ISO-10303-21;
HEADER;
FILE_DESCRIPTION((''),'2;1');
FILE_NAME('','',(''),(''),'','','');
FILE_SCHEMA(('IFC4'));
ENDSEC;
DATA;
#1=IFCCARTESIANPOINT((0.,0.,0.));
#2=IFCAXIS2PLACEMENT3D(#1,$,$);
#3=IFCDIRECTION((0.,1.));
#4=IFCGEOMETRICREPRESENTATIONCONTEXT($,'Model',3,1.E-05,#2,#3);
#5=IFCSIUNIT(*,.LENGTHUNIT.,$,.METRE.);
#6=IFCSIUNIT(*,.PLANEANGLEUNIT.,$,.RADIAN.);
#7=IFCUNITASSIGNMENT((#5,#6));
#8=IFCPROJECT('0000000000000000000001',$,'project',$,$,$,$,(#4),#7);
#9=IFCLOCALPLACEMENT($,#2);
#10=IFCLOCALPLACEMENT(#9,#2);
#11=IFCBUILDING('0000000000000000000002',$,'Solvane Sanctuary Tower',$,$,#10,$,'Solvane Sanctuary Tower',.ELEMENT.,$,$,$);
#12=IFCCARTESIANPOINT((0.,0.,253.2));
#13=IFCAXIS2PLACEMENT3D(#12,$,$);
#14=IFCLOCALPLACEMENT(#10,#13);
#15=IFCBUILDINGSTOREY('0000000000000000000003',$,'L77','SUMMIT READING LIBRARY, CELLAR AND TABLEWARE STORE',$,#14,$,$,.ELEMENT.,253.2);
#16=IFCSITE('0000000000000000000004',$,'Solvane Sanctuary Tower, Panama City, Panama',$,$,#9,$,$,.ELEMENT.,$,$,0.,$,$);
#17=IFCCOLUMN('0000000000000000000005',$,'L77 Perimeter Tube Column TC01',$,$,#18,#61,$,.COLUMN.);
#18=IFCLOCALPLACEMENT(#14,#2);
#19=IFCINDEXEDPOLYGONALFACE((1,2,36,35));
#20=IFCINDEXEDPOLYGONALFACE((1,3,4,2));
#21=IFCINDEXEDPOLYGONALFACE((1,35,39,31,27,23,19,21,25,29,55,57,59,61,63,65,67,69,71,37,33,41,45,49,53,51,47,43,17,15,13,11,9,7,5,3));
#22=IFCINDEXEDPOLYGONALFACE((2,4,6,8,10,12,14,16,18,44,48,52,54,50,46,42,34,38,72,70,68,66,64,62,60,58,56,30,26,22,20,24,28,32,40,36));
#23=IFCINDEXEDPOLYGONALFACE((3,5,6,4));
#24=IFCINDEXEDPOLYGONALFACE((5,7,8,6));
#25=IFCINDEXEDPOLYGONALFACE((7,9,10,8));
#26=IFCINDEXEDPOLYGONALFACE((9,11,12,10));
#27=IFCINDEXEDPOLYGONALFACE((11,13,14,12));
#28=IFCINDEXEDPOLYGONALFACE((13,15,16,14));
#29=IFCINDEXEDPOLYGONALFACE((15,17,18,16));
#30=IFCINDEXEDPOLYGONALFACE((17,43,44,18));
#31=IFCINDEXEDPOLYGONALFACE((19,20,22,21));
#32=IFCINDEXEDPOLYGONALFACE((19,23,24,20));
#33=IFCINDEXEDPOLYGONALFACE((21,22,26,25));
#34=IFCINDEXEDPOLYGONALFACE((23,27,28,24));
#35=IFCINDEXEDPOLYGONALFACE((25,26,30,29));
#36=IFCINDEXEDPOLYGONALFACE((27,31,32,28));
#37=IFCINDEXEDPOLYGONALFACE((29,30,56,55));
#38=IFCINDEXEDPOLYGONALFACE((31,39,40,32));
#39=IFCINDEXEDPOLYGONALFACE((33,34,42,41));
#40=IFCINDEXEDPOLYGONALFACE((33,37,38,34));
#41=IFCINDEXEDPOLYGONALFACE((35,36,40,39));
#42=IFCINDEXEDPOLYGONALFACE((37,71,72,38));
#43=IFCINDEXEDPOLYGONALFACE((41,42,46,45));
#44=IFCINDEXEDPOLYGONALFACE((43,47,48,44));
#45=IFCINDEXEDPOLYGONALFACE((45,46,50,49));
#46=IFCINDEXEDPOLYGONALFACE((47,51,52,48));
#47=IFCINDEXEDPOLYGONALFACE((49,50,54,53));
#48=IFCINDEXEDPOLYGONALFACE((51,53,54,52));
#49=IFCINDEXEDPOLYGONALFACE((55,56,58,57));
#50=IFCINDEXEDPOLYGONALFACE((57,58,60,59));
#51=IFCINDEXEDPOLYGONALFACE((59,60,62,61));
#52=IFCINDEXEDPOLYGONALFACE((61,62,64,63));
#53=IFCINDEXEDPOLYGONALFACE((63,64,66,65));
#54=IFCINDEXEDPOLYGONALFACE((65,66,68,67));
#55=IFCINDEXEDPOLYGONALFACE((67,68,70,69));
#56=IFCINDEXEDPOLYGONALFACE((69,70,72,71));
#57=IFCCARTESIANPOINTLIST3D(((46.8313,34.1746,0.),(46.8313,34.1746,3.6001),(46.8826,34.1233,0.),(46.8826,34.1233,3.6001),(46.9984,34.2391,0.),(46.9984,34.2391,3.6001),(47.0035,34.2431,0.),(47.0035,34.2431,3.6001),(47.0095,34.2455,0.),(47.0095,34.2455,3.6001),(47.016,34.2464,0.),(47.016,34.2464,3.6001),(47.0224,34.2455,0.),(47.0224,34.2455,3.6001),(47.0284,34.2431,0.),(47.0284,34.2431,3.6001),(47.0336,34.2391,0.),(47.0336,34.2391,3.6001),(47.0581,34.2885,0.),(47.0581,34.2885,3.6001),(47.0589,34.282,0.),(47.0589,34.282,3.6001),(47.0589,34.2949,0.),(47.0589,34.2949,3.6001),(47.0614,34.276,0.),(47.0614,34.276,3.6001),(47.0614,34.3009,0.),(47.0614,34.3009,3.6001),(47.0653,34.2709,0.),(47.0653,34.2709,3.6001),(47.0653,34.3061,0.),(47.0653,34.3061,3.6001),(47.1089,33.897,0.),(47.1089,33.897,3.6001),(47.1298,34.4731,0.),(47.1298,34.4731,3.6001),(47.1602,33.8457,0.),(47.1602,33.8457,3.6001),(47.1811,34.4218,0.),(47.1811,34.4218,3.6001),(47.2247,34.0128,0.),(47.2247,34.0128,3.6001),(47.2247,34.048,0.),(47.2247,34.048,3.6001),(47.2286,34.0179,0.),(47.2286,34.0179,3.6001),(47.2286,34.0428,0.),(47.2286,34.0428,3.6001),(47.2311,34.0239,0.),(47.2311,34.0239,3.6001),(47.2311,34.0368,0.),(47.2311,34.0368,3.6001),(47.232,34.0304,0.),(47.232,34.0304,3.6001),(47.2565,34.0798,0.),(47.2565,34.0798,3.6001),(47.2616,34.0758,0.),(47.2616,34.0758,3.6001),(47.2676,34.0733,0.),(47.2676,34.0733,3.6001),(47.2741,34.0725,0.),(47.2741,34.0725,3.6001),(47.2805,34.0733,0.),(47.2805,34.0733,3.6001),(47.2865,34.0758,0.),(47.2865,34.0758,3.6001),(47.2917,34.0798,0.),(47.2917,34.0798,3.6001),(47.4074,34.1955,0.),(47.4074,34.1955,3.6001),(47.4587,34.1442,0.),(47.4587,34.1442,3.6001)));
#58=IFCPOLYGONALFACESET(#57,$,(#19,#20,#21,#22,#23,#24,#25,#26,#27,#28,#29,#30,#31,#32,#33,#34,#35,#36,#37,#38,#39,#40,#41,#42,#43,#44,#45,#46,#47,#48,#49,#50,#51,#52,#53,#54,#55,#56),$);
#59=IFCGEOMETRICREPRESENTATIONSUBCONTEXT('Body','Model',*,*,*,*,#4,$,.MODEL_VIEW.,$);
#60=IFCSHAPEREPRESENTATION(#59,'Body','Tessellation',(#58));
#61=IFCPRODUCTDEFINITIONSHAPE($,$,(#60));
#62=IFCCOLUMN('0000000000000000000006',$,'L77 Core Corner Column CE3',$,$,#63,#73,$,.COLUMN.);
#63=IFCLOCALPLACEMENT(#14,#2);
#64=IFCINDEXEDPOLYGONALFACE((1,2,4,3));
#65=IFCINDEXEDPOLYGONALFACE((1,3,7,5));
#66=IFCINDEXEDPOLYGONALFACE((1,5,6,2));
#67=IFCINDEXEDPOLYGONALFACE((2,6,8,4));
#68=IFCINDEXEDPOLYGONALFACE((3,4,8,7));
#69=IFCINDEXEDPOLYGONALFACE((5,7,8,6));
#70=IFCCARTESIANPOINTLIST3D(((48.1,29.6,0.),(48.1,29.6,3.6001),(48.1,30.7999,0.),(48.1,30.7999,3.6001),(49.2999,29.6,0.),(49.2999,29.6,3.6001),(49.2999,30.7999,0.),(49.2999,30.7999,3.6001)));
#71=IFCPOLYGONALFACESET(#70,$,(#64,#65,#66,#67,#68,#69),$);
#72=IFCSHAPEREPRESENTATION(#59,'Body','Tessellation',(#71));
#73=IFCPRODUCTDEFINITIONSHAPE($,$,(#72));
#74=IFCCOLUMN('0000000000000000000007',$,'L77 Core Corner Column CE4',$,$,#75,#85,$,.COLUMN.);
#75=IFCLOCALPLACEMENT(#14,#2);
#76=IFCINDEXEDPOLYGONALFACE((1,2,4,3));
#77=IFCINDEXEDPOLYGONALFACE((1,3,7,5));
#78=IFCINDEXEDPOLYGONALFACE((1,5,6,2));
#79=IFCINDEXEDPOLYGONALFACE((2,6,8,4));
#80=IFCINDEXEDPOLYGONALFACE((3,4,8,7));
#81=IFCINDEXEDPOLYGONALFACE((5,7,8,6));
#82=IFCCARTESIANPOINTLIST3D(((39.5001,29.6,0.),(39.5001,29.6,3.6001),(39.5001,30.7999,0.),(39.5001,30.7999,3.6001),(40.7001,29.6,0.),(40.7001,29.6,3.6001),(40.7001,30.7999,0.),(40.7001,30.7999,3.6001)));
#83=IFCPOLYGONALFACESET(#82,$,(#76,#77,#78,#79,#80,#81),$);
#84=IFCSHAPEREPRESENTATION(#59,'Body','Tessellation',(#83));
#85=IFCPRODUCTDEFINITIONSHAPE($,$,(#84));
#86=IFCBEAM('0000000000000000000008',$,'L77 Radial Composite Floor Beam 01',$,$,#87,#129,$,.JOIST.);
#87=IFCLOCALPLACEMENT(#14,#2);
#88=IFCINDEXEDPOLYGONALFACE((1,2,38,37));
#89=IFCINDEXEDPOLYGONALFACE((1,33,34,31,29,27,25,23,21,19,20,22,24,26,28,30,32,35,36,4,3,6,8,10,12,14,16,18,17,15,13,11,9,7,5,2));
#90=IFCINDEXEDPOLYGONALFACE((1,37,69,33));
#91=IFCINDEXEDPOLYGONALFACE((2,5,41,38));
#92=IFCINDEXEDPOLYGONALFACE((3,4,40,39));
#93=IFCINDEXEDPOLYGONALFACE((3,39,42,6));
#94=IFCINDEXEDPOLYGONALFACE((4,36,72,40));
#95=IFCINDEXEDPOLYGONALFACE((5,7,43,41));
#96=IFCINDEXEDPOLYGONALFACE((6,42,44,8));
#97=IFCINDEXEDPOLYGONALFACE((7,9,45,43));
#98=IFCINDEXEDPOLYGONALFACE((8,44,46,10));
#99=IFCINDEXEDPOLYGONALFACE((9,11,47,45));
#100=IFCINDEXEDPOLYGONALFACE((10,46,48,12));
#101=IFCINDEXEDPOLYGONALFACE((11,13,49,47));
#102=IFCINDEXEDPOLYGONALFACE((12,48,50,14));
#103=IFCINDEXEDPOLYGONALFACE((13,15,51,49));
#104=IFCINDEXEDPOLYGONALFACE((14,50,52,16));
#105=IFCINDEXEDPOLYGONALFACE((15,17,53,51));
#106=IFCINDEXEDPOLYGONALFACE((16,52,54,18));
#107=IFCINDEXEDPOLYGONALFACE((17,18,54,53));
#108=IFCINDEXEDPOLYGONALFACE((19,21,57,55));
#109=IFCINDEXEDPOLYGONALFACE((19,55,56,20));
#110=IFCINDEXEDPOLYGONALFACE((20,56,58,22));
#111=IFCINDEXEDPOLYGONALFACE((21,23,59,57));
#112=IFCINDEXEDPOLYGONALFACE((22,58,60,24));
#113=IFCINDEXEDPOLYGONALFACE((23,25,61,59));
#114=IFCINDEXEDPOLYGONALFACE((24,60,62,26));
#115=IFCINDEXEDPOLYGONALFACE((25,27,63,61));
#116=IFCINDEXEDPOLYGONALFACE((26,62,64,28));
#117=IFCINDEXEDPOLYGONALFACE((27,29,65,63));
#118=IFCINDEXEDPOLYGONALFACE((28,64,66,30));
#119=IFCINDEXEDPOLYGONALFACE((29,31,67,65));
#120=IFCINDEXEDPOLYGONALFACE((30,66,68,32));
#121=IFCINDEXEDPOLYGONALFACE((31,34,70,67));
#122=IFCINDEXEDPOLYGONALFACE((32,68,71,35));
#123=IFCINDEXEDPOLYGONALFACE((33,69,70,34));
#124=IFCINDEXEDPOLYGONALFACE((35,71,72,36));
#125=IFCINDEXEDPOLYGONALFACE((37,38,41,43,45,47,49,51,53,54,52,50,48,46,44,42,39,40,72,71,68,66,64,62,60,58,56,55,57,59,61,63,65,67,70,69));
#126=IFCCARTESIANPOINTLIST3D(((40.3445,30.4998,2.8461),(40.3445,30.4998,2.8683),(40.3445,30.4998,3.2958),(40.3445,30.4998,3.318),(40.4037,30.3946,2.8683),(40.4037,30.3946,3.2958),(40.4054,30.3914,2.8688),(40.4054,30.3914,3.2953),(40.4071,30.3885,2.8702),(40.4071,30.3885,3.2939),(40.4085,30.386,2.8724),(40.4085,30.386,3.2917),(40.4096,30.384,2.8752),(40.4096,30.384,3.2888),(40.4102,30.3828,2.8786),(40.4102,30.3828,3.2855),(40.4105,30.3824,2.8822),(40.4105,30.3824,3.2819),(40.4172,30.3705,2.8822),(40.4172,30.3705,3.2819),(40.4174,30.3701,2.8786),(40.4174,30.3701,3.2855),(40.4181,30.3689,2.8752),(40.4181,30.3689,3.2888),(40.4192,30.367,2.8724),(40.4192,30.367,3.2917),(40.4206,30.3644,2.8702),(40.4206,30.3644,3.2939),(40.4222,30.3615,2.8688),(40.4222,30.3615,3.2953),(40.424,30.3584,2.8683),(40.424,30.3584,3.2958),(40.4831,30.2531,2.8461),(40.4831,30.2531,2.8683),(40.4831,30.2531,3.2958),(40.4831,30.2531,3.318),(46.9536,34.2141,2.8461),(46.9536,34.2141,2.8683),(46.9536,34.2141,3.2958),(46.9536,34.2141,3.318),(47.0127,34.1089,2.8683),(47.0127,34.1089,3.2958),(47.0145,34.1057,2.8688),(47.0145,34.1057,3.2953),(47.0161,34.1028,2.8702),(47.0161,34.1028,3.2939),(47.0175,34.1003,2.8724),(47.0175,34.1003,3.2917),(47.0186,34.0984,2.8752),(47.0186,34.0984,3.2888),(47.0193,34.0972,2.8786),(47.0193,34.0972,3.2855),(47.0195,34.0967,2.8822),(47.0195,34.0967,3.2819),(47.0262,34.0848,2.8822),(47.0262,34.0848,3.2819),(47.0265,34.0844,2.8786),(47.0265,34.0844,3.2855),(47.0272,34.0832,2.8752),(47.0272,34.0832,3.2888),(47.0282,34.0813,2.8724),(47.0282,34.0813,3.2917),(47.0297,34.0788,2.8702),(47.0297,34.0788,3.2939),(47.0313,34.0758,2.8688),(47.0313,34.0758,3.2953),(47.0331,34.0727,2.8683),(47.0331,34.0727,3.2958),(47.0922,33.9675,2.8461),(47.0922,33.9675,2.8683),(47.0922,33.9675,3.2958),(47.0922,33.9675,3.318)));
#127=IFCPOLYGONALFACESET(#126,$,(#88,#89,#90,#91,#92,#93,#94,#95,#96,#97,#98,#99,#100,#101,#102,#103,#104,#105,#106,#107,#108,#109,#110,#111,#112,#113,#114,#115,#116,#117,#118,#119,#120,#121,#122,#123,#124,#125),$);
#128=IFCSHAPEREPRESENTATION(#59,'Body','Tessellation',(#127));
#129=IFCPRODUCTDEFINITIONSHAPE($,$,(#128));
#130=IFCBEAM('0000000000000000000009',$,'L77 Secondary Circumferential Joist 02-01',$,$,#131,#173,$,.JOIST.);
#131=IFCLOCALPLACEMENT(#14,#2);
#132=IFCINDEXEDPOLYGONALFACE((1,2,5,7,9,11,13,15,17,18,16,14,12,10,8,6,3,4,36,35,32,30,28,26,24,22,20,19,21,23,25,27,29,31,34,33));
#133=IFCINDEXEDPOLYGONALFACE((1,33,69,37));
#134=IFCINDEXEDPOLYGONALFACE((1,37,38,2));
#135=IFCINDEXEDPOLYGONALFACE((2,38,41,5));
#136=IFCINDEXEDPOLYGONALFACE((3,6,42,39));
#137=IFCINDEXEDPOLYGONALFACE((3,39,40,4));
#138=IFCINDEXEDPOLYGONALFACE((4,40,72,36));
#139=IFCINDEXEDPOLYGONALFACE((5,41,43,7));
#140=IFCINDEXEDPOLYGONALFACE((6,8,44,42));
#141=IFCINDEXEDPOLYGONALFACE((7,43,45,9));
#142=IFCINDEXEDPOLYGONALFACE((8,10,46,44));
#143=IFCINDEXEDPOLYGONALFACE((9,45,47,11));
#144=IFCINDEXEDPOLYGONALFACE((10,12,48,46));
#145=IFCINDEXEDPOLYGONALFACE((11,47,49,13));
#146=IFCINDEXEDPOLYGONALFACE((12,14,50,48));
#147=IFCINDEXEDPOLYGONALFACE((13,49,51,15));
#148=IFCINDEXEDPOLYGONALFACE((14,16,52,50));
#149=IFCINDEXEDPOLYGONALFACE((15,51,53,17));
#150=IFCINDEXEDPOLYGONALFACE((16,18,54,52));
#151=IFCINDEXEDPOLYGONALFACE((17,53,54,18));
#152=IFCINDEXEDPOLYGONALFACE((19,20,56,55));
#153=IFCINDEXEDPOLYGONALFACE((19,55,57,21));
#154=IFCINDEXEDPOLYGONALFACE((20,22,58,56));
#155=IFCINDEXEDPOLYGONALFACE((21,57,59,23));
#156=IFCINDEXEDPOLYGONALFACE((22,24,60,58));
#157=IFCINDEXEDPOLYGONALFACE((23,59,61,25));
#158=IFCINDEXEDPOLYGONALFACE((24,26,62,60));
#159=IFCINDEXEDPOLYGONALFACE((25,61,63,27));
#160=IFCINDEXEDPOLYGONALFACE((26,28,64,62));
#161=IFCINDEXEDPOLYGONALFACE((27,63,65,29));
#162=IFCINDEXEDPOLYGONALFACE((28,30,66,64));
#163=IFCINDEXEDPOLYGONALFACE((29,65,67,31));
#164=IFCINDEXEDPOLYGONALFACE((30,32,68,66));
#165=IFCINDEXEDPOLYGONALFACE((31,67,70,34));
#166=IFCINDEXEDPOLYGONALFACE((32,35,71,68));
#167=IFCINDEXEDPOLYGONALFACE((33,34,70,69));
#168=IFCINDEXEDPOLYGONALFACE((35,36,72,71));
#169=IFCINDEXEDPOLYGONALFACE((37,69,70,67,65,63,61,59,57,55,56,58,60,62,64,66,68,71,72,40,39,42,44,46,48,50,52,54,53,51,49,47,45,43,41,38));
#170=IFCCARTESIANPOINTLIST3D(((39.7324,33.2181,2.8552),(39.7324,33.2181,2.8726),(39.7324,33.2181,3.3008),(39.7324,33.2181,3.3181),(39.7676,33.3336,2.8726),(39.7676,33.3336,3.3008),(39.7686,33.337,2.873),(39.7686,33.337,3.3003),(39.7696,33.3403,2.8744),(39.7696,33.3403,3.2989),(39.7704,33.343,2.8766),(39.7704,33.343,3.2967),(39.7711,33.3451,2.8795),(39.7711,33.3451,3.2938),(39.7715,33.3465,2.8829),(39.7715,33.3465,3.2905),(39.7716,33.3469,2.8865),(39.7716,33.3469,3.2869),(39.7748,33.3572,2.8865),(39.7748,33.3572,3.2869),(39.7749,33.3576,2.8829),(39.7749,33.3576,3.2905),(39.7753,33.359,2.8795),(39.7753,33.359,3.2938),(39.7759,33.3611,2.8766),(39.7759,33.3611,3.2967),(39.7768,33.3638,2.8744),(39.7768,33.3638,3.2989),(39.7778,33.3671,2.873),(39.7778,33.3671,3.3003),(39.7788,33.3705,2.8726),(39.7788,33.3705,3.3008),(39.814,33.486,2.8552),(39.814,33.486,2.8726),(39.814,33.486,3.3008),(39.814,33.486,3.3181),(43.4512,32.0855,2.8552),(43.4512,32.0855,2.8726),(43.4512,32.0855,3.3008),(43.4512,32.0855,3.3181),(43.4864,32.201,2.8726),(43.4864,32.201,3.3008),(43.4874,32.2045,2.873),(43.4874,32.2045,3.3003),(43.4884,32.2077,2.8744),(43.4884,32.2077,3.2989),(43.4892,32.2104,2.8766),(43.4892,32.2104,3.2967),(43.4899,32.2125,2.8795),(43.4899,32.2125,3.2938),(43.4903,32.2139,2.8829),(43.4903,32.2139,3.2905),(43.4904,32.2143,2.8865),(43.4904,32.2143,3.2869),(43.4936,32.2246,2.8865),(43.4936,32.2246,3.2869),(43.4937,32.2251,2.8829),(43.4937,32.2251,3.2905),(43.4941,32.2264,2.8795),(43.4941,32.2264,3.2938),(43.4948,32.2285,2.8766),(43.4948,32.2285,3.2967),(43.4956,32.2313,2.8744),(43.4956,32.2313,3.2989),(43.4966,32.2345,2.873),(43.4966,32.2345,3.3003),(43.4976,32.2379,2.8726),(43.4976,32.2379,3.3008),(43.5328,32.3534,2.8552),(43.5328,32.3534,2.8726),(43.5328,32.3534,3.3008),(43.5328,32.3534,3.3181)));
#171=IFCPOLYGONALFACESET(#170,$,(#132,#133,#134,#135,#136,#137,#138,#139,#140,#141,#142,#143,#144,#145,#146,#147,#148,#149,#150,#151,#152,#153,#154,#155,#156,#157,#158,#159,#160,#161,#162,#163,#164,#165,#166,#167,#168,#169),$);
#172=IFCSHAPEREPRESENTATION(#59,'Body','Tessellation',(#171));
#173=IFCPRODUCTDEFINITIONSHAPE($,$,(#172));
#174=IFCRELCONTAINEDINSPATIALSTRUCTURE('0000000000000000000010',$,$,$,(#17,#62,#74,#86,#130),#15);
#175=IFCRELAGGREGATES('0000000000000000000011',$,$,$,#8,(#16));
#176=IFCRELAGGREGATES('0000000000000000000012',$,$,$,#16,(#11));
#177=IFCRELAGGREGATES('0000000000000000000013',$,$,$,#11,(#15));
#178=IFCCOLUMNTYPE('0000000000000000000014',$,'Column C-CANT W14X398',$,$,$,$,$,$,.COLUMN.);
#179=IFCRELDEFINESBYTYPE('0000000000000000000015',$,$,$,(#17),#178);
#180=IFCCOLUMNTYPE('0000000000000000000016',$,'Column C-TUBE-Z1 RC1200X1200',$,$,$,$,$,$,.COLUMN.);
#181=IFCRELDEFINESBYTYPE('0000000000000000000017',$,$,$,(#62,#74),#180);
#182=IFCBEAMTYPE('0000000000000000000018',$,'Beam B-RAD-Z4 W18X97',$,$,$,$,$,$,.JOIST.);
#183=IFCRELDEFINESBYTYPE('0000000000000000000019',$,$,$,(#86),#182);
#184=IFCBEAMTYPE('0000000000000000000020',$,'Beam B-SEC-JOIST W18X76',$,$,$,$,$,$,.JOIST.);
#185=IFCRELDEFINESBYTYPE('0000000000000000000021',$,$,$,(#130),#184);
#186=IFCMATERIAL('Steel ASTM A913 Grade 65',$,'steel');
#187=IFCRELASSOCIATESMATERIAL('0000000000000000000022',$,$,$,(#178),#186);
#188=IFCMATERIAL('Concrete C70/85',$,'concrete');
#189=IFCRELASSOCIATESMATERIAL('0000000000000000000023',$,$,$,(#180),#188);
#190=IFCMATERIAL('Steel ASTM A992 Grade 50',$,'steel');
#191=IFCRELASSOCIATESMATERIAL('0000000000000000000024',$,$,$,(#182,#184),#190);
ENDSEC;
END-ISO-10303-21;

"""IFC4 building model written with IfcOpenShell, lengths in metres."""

from ifc_helpers import new_model, si_unit, direction, frame, origin, origin_2d, place, context, subcontext, project, spatial, rectangle, i_section, extrude, material, material_profile, profile_set, type_object, element, save


model = new_model("IFC4")

# Units and contexts
model_context = context("Model", 3, precision=1e-05, world=origin(), true_north=direction((0.0, 1.0)))
body_context = subcontext(model_context, "Body", "Model", "MODEL_VIEW")
ifc_project = project(units=[si_unit("LENGTHUNIT", "METRE"), si_unit("PLANEANGLEUNIT", "RADIAN")], contexts=[model_context])

# Site, building, storey
site_placement = place(None, origin())
site = spatial("IfcSite", under=ifc_project, at=site_placement, Name="Solvane Sanctuary Tower, Panama City, Panama", CompositionType="ELEMENT", RefElevation=0.0)
building_placement = place(site_placement, origin())
building = spatial("IfcBuilding", under=site, at=building_placement, Name="Solvane Sanctuary Tower", LongName="Solvane Sanctuary Tower", CompositionType="ELEMENT")
storey_placement = place(building_placement, frame((0.0, 0.0, 253.2)))
storey = spatial("IfcBuildingStorey", under=building, at=storey_placement, Name="L77", Description="SUMMIT READING LIBRARY, CELLAR AND TABLEWARE STORE", CompositionType="ELEMENT", Elevation=253.2)

# Columns
ifc_material_1 = material(Name="Steel ASTM A913 Grade 65", Category="steel")
ifc_material_profile_1 = material_profile(ifc_material_1, i_section(OverallWidth=0.4221, OverallDepth=0.4651, WebThickness=0.0449, FlangeThickness=0.0725, FilletRadius=0.0249, at=origin_2d()), Name="W14X398")
ifc_profile_set_1 = profile_set([ifc_material_profile_1], Name="Steel ASTM A913 Grade 65")
column_type_1 = type_object("IfcColumnType", Name="Column C-CANT W14X398", PredefinedType="COLUMN", material=ifc_profile_set_1)
column_placement = place(storey_placement, frame((47.145, 34.1594, 0.0), z_axis=(0.0, 0.0, 1.0), x_axis=(0.707107, 0.707107, 0.0)))
element("IfcColumn", 1, at=column_placement, inside=storey, type_object=column_type_1, Name="L77 Perimeter Tube Column TC01", PredefinedType="COLUMN", context=body_context, shape_type="SweptSolid", body=[
    extrude(i_section(OverallWidth=0.4221, OverallDepth=0.4651, WebThickness=0.0449, FlangeThickness=0.0725, FilletRadius=0.0249, at=origin_2d()), origin(), (0.0, 0.0, 1.0), 3.6001),
])
ifc_material_2 = material(Name="Concrete C70/85", Category="concrete")
ifc_material_profile_2 = material_profile(ifc_material_2, rectangle(XDim=1.2, YDim=1.2, at=origin_2d()), Name="RC1200X1200")
ifc_profile_set_2 = profile_set([ifc_material_profile_2], Name="Concrete C70/85")
column_type_2 = type_object("IfcColumnType", Name="Column C-TUBE-Z1 RC1200X1200", PredefinedType="COLUMN", material=ifc_profile_set_2)
for number, where, z_axis, x_axis, name in (
    (2, (48.7, 30.2, 0.0), (0.0, 0.0, 1.0), (1.0, 0.0, 0.0), "L77 Core Corner Column CE3"),
    (3, (40.1001, 30.2, 0.0), (0.0, 0.0, 1.0), (1.0, 0.0, 0.0), "L77 Core Corner Column CE4"),
):
    element("IfcColumn", number, at=place(storey_placement, frame(where, z_axis=z_axis, x_axis=x_axis)), inside=storey, type_object=column_type_2, Name=name, PredefinedType="COLUMN", context=body_context, shape_type="SweptSolid", body=[
        extrude(rectangle(XDim=1.2, YDim=1.2, at=origin_2d()), origin(), (0.0, 0.0, 1.0), 3.6001),
    ])

# Beams
ifc_material_3 = material(Name="Steel ASTM A992 Grade 50", Category="steel")
ifc_material_profile_3 = material_profile(ifc_material_3, i_section(OverallWidth=0.283, OverallDepth=0.4719, WebThickness=0.0137, FlangeThickness=0.0222, FilletRadius=0.0139, at=origin_2d()), Name="W18X97")
ifc_profile_set_3 = profile_set([ifc_material_profile_3], Name="Steel ASTM A992 Grade 50")
beam_type_1 = type_object("IfcBeamType", Name="Beam B-RAD-Z4 W18X97", PredefinedType="JOIST", material=ifc_profile_set_3)
beam_1_placement = place(storey_placement, frame((40.4138, 30.3765, 3.082), z_axis=(0.87176, 0.489932, 0.0), x_axis=(-0.489932, 0.87176, 0.0)))
element("IfcBeam", 4, at=beam_1_placement, inside=storey, type_object=beam_type_1, Name="L77 Radial Composite Floor Beam 01", PredefinedType="JOIST", context=body_context, shape_type="SweptSolid", body=[
    extrude(i_section(OverallWidth=0.283, OverallDepth=0.4719, WebThickness=0.0137, FlangeThickness=0.0222, FilletRadius=0.0139, at=origin_2d()), origin(), (0.0, 0.0, 1.0), 7.5813),
])
ifc_material_profile_4 = material_profile(ifc_material_3, i_section(OverallWidth=0.28, OverallDepth=0.4629, WebThickness=0.0107, FlangeThickness=0.0173, FilletRadius=0.0139, at=origin_2d()), Name="W18X76")
ifc_profile_set_4 = profile_set([ifc_material_profile_4], Name="Steel ASTM A992 Grade 50")
beam_type_2 = type_object("IfcBeamType", Name="Beam B-SEC-JOIST W18X76", PredefinedType="JOIST", material=ifc_profile_set_4)
beam_2_placement = place(storey_placement, frame((39.7732, 33.3521, 3.0867), z_axis=(0.956618, -0.291344, 0.0), x_axis=(0.291344, 0.956618, 0.0)))
element("IfcBeam", 5, at=beam_2_placement, inside=storey, type_object=beam_type_2, Name="L77 Secondary Circumferential Joist 02-01", PredefinedType="JOIST", context=body_context, shape_type="SweptSolid", body=[
    extrude(i_section(OverallWidth=0.28, OverallDepth=0.4629, WebThickness=0.0107, FlangeThickness=0.0173, FilletRadius=0.0139, at=origin_2d()), origin(), (0.0, 0.0, 1.0), 3.8875),
])

save(model, "model.ifc")
